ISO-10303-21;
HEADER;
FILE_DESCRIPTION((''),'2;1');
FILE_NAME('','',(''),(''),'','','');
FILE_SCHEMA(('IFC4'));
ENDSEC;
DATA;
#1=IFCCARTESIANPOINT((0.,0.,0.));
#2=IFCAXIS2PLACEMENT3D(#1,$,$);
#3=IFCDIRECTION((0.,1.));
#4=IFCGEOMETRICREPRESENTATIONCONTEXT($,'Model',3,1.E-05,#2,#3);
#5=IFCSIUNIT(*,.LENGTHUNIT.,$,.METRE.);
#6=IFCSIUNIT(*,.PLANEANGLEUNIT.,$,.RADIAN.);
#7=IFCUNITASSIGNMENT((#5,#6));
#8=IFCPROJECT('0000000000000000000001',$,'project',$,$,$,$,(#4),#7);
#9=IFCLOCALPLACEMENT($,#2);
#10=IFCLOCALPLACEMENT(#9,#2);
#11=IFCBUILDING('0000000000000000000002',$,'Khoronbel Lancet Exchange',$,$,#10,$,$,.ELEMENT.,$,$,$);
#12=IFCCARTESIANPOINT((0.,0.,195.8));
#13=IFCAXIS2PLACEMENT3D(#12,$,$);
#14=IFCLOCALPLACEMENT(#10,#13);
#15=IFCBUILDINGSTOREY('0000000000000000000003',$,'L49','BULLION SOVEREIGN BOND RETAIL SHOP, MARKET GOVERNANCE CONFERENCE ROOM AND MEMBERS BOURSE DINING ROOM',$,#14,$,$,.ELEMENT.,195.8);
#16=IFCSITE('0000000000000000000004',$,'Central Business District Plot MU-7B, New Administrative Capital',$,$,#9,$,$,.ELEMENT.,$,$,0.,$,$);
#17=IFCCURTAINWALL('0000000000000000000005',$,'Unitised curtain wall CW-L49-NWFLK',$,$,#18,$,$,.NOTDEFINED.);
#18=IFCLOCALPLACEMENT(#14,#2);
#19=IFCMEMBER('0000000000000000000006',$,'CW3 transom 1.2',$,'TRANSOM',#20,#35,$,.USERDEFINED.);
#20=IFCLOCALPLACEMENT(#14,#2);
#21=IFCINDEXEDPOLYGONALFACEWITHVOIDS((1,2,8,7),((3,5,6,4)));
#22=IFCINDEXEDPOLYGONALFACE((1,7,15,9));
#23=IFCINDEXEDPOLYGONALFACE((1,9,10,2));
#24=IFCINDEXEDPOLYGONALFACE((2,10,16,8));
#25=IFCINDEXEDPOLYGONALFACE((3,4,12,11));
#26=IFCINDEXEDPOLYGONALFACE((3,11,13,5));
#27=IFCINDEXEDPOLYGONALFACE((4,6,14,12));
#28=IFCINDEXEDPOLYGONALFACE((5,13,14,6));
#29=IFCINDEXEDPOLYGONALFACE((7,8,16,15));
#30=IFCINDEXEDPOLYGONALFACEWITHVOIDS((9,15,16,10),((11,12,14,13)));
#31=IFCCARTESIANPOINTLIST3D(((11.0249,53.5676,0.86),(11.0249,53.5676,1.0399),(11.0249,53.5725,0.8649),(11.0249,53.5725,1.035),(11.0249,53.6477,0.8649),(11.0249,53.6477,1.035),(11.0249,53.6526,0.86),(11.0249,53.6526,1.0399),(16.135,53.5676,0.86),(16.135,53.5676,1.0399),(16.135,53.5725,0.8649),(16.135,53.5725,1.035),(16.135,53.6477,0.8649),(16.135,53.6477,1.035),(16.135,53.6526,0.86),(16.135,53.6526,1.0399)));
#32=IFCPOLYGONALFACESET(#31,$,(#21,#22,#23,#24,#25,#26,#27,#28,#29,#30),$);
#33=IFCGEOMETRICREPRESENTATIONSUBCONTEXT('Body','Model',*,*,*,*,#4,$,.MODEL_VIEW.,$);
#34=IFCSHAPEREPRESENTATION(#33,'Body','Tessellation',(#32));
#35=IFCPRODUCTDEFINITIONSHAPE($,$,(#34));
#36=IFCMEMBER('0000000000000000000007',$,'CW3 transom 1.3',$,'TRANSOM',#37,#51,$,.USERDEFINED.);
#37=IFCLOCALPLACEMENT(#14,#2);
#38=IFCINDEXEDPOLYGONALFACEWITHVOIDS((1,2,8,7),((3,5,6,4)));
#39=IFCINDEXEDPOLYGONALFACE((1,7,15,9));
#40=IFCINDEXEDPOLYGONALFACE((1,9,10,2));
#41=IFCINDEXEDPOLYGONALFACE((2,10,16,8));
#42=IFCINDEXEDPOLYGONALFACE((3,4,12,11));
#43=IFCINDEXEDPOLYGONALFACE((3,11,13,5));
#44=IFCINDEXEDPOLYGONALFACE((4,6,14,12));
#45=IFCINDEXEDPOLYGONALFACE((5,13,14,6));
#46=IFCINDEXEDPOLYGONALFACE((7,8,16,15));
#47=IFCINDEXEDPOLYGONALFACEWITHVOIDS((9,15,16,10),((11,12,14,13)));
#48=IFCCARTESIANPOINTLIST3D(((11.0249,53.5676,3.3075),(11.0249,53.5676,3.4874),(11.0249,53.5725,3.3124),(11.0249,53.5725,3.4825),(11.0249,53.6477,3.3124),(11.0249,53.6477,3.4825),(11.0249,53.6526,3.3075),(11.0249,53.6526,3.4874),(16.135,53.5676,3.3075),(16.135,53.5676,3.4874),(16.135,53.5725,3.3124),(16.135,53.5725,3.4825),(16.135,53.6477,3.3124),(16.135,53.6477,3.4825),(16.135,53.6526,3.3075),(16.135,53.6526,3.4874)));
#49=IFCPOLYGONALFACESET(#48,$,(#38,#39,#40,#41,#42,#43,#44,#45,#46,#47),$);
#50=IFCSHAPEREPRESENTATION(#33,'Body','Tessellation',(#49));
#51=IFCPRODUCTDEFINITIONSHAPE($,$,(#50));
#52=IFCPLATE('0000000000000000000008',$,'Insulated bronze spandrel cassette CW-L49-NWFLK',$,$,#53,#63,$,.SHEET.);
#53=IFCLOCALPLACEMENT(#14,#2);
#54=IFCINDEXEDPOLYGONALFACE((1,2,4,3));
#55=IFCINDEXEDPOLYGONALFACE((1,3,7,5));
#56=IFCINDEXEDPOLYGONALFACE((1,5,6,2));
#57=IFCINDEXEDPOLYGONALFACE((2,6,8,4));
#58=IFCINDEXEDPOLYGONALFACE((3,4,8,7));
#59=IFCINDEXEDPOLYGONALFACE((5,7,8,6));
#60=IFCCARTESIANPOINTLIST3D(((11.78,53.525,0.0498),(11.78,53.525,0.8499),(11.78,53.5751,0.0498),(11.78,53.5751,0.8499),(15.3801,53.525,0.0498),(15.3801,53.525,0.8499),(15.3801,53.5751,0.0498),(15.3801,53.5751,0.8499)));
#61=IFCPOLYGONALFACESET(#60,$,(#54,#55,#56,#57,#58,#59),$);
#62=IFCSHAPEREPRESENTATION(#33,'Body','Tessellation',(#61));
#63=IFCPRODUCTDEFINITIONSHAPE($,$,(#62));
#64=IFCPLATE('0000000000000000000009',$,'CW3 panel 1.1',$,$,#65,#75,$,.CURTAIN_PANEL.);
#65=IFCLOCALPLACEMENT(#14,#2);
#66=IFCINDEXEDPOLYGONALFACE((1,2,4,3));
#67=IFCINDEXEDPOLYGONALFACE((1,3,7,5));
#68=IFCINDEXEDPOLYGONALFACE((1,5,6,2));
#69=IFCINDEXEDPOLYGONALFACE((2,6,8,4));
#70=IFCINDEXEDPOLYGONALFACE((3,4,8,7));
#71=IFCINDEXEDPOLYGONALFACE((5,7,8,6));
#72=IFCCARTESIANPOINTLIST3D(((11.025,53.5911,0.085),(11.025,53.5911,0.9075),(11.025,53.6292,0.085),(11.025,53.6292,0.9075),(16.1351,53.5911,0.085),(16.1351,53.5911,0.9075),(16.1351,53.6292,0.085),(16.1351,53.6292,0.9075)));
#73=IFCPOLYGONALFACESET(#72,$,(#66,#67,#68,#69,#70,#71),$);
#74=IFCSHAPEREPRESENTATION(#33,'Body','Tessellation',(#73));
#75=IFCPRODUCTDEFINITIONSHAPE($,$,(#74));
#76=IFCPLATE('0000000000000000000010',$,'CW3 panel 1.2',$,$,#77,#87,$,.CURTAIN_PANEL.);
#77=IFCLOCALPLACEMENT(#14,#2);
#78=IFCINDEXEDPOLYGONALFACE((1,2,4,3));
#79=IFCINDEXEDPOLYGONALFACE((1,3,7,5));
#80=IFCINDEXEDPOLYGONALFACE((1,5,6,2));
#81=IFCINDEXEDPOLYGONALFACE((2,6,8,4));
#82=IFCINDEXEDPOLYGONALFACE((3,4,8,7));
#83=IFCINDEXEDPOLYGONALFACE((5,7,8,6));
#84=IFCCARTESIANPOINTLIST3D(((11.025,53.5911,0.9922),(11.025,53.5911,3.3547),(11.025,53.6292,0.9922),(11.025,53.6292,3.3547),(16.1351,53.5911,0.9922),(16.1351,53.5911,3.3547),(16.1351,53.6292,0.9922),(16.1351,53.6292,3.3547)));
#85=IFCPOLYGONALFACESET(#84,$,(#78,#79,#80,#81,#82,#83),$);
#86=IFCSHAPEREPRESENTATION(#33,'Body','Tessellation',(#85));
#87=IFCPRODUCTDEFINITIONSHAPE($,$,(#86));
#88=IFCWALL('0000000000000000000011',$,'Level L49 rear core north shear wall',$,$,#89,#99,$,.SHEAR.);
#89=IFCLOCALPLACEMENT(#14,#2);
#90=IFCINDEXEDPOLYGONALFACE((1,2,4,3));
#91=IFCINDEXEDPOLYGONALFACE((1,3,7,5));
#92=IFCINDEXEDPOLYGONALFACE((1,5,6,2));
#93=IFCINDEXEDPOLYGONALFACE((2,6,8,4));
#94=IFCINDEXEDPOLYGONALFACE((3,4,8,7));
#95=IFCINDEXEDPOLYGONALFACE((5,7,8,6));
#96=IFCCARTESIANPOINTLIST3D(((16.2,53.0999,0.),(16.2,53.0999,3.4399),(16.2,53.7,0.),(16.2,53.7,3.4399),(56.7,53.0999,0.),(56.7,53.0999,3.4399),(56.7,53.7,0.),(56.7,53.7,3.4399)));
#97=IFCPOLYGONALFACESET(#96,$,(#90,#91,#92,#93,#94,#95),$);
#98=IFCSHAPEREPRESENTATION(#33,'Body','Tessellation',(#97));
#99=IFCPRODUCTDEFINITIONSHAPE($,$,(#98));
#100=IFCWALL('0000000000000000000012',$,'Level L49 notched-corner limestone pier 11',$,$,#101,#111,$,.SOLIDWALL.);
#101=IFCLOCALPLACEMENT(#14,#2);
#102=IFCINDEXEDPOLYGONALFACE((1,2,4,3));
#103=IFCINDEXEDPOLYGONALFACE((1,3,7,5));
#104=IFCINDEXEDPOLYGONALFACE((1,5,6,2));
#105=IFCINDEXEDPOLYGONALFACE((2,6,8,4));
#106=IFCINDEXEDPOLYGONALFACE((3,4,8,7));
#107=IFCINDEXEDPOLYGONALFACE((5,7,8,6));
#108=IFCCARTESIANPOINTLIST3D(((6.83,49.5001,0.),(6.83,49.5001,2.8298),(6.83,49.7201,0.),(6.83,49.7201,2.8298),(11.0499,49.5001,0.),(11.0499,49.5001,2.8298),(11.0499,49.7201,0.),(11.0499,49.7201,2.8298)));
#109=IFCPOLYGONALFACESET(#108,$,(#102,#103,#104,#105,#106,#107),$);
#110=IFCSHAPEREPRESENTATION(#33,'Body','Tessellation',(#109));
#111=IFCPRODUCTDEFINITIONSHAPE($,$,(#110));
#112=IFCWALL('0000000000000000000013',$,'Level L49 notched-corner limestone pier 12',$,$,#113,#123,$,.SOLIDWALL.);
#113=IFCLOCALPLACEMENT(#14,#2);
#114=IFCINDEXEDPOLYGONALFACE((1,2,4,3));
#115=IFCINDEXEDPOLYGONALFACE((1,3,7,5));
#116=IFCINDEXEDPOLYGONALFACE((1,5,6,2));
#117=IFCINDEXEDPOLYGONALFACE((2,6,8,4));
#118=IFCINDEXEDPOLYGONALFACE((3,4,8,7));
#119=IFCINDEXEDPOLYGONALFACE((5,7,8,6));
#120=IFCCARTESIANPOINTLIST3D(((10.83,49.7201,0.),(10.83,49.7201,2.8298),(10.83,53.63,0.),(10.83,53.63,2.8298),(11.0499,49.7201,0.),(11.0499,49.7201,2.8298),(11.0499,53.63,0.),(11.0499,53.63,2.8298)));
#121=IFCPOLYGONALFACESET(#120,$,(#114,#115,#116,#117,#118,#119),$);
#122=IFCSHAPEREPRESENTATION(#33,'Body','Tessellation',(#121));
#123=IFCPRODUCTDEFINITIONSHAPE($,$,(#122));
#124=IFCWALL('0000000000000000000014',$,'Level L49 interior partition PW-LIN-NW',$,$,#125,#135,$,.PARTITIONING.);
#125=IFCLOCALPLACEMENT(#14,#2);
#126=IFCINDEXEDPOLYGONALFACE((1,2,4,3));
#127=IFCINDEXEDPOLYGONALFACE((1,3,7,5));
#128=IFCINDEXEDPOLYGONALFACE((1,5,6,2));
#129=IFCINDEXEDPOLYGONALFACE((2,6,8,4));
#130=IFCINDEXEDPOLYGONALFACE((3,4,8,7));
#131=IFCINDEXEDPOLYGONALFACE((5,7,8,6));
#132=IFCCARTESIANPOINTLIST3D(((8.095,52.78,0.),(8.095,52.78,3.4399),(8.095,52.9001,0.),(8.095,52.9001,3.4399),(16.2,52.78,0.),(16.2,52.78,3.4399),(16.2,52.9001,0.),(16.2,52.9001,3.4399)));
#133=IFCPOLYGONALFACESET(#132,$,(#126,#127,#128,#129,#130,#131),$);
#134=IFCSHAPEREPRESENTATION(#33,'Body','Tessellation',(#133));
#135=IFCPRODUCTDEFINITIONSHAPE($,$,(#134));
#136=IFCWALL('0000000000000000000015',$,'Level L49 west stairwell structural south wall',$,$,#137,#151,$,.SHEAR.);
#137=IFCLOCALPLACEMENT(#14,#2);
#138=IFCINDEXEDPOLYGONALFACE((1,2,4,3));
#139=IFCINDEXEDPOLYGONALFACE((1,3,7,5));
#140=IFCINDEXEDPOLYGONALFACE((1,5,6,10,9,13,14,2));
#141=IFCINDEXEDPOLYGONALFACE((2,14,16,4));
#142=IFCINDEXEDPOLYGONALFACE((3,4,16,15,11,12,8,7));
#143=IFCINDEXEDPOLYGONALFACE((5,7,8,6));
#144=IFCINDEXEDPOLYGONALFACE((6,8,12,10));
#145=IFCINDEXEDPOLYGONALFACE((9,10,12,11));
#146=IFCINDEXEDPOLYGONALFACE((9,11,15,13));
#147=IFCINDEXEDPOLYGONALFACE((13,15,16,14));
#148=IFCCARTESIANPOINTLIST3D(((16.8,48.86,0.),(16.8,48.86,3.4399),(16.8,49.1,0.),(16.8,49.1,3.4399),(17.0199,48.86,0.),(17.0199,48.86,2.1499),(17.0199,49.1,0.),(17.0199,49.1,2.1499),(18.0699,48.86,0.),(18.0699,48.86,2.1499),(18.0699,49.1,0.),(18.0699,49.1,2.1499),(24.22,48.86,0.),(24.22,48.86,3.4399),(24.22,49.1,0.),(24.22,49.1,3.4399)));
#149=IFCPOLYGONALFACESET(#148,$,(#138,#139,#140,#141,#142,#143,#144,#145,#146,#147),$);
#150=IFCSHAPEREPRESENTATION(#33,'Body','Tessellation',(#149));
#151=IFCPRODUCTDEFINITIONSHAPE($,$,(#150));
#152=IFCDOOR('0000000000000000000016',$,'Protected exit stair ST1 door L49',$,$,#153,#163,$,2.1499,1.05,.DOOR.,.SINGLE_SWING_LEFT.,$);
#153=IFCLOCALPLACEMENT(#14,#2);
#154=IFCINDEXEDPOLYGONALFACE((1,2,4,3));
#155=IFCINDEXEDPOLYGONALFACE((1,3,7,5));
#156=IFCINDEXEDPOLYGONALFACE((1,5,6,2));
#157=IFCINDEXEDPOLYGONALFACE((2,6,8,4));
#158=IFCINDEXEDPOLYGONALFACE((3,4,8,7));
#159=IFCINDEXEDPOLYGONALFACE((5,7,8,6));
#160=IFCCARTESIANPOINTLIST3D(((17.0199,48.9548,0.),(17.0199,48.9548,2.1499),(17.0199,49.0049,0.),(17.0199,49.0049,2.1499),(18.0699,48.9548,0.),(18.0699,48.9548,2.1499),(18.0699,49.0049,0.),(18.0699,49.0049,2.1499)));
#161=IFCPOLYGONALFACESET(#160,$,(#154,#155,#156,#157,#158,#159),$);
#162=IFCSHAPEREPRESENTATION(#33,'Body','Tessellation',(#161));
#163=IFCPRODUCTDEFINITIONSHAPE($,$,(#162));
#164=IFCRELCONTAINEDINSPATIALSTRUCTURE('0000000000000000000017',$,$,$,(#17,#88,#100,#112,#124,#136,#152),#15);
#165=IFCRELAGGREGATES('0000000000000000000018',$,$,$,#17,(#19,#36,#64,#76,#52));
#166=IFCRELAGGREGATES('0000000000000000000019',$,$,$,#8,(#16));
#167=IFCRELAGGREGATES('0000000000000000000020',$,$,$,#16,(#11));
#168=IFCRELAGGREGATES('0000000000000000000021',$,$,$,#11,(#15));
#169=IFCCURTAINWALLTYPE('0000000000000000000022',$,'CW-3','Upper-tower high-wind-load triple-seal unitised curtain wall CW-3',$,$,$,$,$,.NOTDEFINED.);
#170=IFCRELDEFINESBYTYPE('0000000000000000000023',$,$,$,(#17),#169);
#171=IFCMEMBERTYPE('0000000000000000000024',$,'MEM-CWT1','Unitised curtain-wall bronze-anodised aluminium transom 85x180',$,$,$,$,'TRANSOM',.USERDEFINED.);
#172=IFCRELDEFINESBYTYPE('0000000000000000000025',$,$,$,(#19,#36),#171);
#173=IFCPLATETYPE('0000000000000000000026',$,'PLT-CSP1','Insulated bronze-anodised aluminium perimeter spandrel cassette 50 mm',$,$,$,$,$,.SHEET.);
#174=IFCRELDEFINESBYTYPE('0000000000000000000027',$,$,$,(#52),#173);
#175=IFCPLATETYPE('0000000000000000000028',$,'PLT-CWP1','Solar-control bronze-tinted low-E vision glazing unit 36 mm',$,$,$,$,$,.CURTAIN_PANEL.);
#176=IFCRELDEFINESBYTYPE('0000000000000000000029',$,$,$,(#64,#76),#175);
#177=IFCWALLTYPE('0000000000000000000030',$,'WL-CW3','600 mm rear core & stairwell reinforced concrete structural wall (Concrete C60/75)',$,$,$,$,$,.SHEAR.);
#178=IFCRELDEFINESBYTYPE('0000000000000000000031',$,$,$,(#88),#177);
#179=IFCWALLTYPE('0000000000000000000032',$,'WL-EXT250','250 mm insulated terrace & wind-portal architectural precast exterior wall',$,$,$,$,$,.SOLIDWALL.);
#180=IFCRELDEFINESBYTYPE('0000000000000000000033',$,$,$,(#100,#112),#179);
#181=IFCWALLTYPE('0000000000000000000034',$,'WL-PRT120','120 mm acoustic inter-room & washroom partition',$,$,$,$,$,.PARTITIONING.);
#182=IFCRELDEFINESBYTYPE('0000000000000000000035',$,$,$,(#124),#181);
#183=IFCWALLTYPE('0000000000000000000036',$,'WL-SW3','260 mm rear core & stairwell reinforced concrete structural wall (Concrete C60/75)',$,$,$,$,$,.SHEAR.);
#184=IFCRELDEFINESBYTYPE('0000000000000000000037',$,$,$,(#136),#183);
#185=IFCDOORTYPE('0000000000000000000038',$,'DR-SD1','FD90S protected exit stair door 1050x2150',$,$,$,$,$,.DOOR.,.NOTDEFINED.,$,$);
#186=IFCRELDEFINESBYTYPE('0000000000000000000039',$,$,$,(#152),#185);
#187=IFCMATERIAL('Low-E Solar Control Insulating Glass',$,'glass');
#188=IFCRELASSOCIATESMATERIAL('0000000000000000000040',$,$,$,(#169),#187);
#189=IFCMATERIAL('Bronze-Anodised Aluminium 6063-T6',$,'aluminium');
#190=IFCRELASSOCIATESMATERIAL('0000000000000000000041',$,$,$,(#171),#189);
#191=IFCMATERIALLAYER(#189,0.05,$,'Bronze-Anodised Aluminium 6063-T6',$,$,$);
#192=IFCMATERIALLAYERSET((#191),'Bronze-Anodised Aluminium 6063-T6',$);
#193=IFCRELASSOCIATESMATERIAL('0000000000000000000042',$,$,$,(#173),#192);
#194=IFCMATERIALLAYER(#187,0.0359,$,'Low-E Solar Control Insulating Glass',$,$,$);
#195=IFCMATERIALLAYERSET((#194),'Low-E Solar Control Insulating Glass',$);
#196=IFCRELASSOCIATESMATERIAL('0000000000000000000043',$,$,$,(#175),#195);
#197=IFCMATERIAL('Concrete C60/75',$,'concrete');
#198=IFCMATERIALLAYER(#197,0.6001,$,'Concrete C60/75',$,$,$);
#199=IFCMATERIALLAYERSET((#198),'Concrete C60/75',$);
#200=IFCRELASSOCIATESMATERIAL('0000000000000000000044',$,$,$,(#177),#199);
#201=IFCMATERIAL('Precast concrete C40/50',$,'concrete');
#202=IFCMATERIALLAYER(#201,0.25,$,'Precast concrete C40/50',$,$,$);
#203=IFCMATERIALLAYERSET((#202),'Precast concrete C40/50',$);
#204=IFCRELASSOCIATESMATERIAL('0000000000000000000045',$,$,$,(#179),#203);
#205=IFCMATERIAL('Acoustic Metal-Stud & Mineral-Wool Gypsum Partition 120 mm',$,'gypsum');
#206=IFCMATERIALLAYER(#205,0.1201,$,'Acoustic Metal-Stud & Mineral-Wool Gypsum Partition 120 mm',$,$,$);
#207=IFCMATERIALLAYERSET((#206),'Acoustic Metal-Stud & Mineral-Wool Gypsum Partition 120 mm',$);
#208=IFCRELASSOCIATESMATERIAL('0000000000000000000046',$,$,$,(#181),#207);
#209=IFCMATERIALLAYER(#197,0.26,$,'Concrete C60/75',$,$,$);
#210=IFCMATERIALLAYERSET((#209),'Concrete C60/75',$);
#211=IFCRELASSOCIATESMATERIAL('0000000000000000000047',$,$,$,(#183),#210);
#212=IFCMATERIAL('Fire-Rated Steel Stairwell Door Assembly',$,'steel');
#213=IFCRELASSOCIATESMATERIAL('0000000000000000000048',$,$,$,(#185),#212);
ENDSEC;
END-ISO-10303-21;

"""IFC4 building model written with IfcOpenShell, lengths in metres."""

from ifc_helpers import new_model, si_unit, direction, frame, frame_2d, origin, origin_2d, place, context, subcontext, project, spatial, rectangle, hollow_rectangle, extrude, material, layer, layer_set, material_profile, profile_set, type_object, element, fill, aggregate, save


model = new_model("IFC4")

# Units and contexts
model_context = context("Model", 3, precision=1e-05, world=origin(), true_north=direction((0.0, 1.0)))
body_context = subcontext(model_context, "Body", "Model", "MODEL_VIEW")
ifc_project = project(units=[si_unit("LENGTHUNIT", "METRE"), si_unit("PLANEANGLEUNIT", "RADIAN")], contexts=[model_context])

# Site, building, storey
site_placement = place(None, origin())
site = spatial("IfcSite", under=ifc_project, at=site_placement, Name="Central Business District Plot MU-7B, New Administrative Capital", CompositionType="ELEMENT", RefElevation=0.0)
building_placement = place(site_placement, origin())
building = spatial("IfcBuilding", under=site, at=building_placement, Name="Khoronbel Lancet Exchange", CompositionType="ELEMENT")
storey_placement = place(building_placement, frame((0.0, 0.0, 195.8)))
storey = spatial("IfcBuildingStorey", under=building, at=storey_placement, Name="L49", Description="BULLION SOVEREIGN BOND RETAIL SHOP, MARKET GOVERNANCE CONFERENCE ROOM AND MEMBERS BOURSE DINING ROOM", CompositionType="ELEMENT", Elevation=195.8)

# Curtain wall, members, plates
ifc_material_1 = material(Name="Low-E Solar Control Insulating Glass", Category="glass")
curtain_wall_type = type_object("IfcCurtainWallType", Name="CW-3", Description="Upper-tower high-wind-load triple-seal unitised curtain wall CW-3", PredefinedType="NOTDEFINED", material=ifc_material_1)
curtain_wall_placement = place(storey_placement, origin())
curtain_wall = element("IfcCurtainWall", 1, at=curtain_wall_placement, inside=storey, type_object=curtain_wall_type, Name="Unitised curtain wall CW-L49-NWFLK", PredefinedType="NOTDEFINED")
ifc_material_2 = material(Name="Bronze-Anodised Aluminium 6063-T6", Category="aluminium")
ifc_material_profile_1 = material_profile(ifc_material_2, hollow_rectangle(XDim=0.085, YDim=0.1799, WallThickness=0.0049, at=origin_2d()), Name="ALU TRANSOM 85x180")
ifc_profile_set_1 = profile_set([ifc_material_profile_1], Name="Bronze-Anodised Aluminium 6063-T6")
member_type_1 = type_object("IfcMemberType", Name="MEM-CWT1", Description="Unitised curtain-wall bronze-anodised aluminium transom 85x180", ElementType="TRANSOM", PredefinedType="USERDEFINED", material=ifc_profile_set_1)
member_1_placement = place(storey_placement, frame((16.135, 53.6101, 0.95), z_axis=(-1.0, 0.0, 0.0), x_axis=(0.0, -1.0, 0.0)))
member_1 = element("IfcMember", 2, at=member_1_placement, type_object=member_type_1, Name="CW3 transom 1.2", ObjectType="TRANSOM", PredefinedType="USERDEFINED", context=body_context, shape_type="SweptSolid", body=[
    extrude(hollow_rectangle(XDim=0.085, YDim=0.1799, WallThickness=0.0049, at=origin_2d()), origin(), (0.0, 0.0, 1.0), 5.1101),
])
member_2_placement = place(storey_placement, frame((16.135, 53.6101, 3.3975), z_axis=(-1.0, 0.0, 0.0), x_axis=(0.0, -1.0, 0.0)))
member_2 = element("IfcMember", 3, at=member_2_placement, type_object=member_type_1, Name="CW3 transom 1.3", ObjectType="TRANSOM", PredefinedType="USERDEFINED", context=body_context, shape_type="SweptSolid", body=[
    extrude(hollow_rectangle(XDim=0.085, YDim=0.1799, WallThickness=0.0049, at=origin_2d()), origin(), (0.0, 0.0, 1.0), 5.1101),
])
ifc_layer_1 = layer(ifc_material_2, 0.05, Name="Bronze-Anodised Aluminium 6063-T6")
ifc_layer_set_1 = layer_set([ifc_layer_1], Name="Bronze-Anodised Aluminium 6063-T6")
plate_type_1 = type_object("IfcPlateType", Name="PLT-CSP1", Description="Insulated bronze-anodised aluminium perimeter spandrel cassette 50 mm", PredefinedType="SHEET", material=ifc_layer_set_1)
plate_1_placement = place(storey_placement, frame((13.5801, 53.55, 0.0498), z_axis=(0.0, 0.0, 1.0), x_axis=(-1.0, 0.0, 0.0)))
plate_1 = element("IfcPlate", 4, at=plate_1_placement, type_object=plate_type_1, Name="Insulated bronze spandrel cassette CW-L49-NWFLK", PredefinedType="SHEET", context=body_context, shape_type="SweptSolid", body=[
    extrude(rectangle(XDim=3.6001, YDim=0.05, at=origin_2d()), origin(), (0.0, 0.0, 1.0), 0.8),
])
ifc_layer_2 = layer(ifc_material_1, 0.0359, Name="Low-E Solar Control Insulating Glass")
ifc_layer_set_2 = layer_set([ifc_layer_2], Name="Low-E Solar Control Insulating Glass")
plate_type_2 = type_object("IfcPlateType", Name="PLT-CWP1", Description="Solar-control bronze-tinted low-E vision glazing unit 36 mm", PredefinedType="CURTAIN_PANEL", material=ifc_layer_set_2)
plate_2_placement = place(storey_placement, frame((13.5801, 53.6101, 0.085), z_axis=(0.0, 0.0, 1.0), x_axis=(-1.0, 0.0, 0.0)))
plate_2 = element("IfcPlate", 5, at=plate_2_placement, type_object=plate_type_2, Name="CW3 panel 1.1", PredefinedType="CURTAIN_PANEL", context=body_context, shape_type="SweptSolid", body=[
    extrude(rectangle(XDim=5.1101, YDim=0.0381, at=origin_2d()), origin(), (0.0, 0.0, 1.0), 0.8225),
])
plate_3_placement = place(storey_placement, frame((13.5801, 53.6101, 0.9922), z_axis=(0.0, 0.0, 1.0), x_axis=(-1.0, 0.0, 0.0)))
plate_3 = element("IfcPlate", 6, at=plate_3_placement, type_object=plate_type_2, Name="CW3 panel 1.2", PredefinedType="CURTAIN_PANEL", context=body_context, shape_type="SweptSolid", body=[
    extrude(rectangle(XDim=5.1101, YDim=0.0381, at=origin_2d()), origin(), (0.0, 0.0, 1.0), 2.3625),
])
aggregate(curtain_wall, [member_1, member_2, plate_2, plate_3, plate_1])

# Walls
ifc_material_3 = material(Name="Concrete C60/75", Category="concrete")
ifc_layer_3 = layer(ifc_material_3, 0.6001, Name="Concrete C60/75")
ifc_layer_set_3 = layer_set([ifc_layer_3], Name="Concrete C60/75")
wall_type_1 = type_object("IfcWallType", Name="WL-CW3", Description="600 mm rear core & stairwell reinforced concrete structural wall (Concrete C60/75)", PredefinedType="SHEAR", material=ifc_layer_set_3)
wall_1_placement = place(storey_placement, frame((16.2, 53.3999, 0.0), z_axis=(0.0, 0.0, 1.0), x_axis=(1.0, 0.0, 0.0)))
element("IfcWall", 7, at=wall_1_placement, inside=storey, type_object=wall_type_1, Name="Level L49 rear core north shear wall", PredefinedType="SHEAR", context=body_context, shape_type="SweptSolid", body=[
    extrude(rectangle(XDim=40.5, YDim=0.6001, at=frame_2d((20.25, 0.0))), origin(), (0.0, 0.0, 1.0), 3.4399),
])
ifc_material_4 = material(Name="Precast concrete C40/50", Category="concrete")
ifc_layer_4 = layer(ifc_material_4, 0.25, Name="Precast concrete C40/50")
ifc_layer_set_4 = layer_set([ifc_layer_4], Name="Precast concrete C40/50")
wall_type_2 = type_object("IfcWallType", Name="WL-EXT250", Description="250 mm insulated terrace & wind-portal architectural precast exterior wall", PredefinedType="SOLIDWALL", material=ifc_layer_set_4)
wall_2_placement = place(storey_placement, frame((6.8301, 49.6101, 0.0), z_axis=(0.0, 0.0, 1.0), x_axis=(1.0, 0.0, 0.0)))
element("IfcWall", 8, at=wall_2_placement, inside=storey, type_object=wall_type_2, Name="Level L49 notched-corner limestone pier 11", PredefinedType="SOLIDWALL", context=body_context, shape_type="SweptSolid", body=[
    extrude(rectangle(XDim=4.22, YDim=0.22, at=frame_2d((2.1099, 0.0))), origin(), (0.0, 0.0, 1.0), 2.8298),
])
wall_3_placement = place(storey_placement, frame((10.9399, 49.72, 0.0), z_axis=(0.0, 0.0, 1.0), x_axis=(0.0, 1.0, 0.0)))
element("IfcWall", 9, at=wall_3_placement, inside=storey, type_object=wall_type_2, Name="Level L49 notched-corner limestone pier 12", PredefinedType="SOLIDWALL", context=body_context, shape_type="SweptSolid", body=[
    extrude(rectangle(XDim=3.9099, YDim=0.22, at=frame_2d((1.9551, 0.0))), origin(), (0.0, 0.0, 1.0), 2.8298),
])
ifc_material_5 = material(Name="Acoustic Metal-Stud & Mineral-Wool Gypsum Partition 120 mm", Category="gypsum")
ifc_layer_5 = layer(ifc_material_5, 0.1201, Name="Acoustic Metal-Stud & Mineral-Wool Gypsum Partition 120 mm")
ifc_layer_set_5 = layer_set([ifc_layer_5], Name="Acoustic Metal-Stud & Mineral-Wool Gypsum Partition 120 mm")
wall_type_3 = type_object("IfcWallType", Name="WL-PRT120", Description="120 mm acoustic inter-room & washroom partition", PredefinedType="PARTITIONING", material=ifc_layer_set_5)
wall_4_placement = place(storey_placement, frame((8.095, 52.8401, 0.0), z_axis=(0.0, 0.0, 1.0), x_axis=(1.0, 0.0, 0.0)))
element("IfcWall", 10, at=wall_4_placement, inside=storey, type_object=wall_type_3, Name="Level L49 interior partition PW-LIN-NW", PredefinedType="PARTITIONING", context=body_context, shape_type="SweptSolid", body=[
    extrude(rectangle(XDim=8.105, YDim=0.1201, at=frame_2d((4.0525, 0.0))), origin(), (0.0, 0.0, 1.0), 3.4399),
])

# Wall, opening, door
ifc_layer_6 = layer(ifc_material_3, 0.26, Name="Concrete C60/75")
ifc_layer_set_6 = layer_set([ifc_layer_6], Name="Concrete C60/75")
wall_type_4 = type_object("IfcWallType", Name="WL-SW3", Description="260 mm rear core & stairwell reinforced concrete structural wall (Concrete C60/75)", PredefinedType="SHEAR", material=ifc_layer_set_6)
wall_5_placement = place(storey_placement, frame((16.8, 48.98, 0.0), z_axis=(0.0, 0.0, 1.0), x_axis=(1.0, 0.0, 0.0)))
wall_5 = element("IfcWall", 11, at=wall_5_placement, inside=storey, type_object=wall_type_4, Name="Level L49 west stairwell structural south wall", PredefinedType="SHEAR", context=body_context, shape_type="SweptSolid", body=[
    extrude(rectangle(XDim=7.4199, YDim=0.24, at=frame_2d((3.71, 0.0))), origin(), (0.0, 0.0, 1.0), 3.4399),
])
opening_placement = place(wall_5_placement, frame((0.22, 0.0, 0.0)))
opening = element("IfcOpeningElement", 12, at=opening_placement, cuts=wall_5, PredefinedType="OPENING", context=body_context, shape_type="SweptSolid", body=[
    extrude(rectangle(XDim=1.05, YDim=2.1499, at=frame_2d((0.5249, 1.075))), frame((0.0, 0.1299, 0.0), z_axis=(0.0, -1.0, 0.0), x_axis=(1.0, 0.0, 0.0)), (0.0, 0.0, 1.0), 0.26),
])
ifc_material_6 = material(Name="Fire-Rated Steel Stairwell Door Assembly", Category="steel")
door_type = type_object("IfcDoorType", Name="DR-SD1", Description="FD90S protected exit stair door 1050x2150", OperationType="NOTDEFINED", PredefinedType="DOOR", material=ifc_material_6)
door_placement = place(opening_placement, origin())
door = element("IfcDoor", 13, at=door_placement, inside=storey, type_object=door_type, Name="Protected exit stair ST1 door L49", OperationType="SINGLE_SWING_LEFT", OverallHeight=2.1499, OverallWidth=1.05, PredefinedType="DOOR", context=body_context, shape_type="SweptSolid", body=[
    extrude(rectangle(XDim=1.05, YDim=2.1499, at=frame_2d((0.5249, 1.075))), frame((0.0, 0.0249, 0.0), z_axis=(0.0, -1.0, 0.0), x_axis=(1.0, 0.0, 0.0)), (0.0, 0.0, 1.0), 0.05),
])
fill(opening, door)

save(model, "model.ifc")
